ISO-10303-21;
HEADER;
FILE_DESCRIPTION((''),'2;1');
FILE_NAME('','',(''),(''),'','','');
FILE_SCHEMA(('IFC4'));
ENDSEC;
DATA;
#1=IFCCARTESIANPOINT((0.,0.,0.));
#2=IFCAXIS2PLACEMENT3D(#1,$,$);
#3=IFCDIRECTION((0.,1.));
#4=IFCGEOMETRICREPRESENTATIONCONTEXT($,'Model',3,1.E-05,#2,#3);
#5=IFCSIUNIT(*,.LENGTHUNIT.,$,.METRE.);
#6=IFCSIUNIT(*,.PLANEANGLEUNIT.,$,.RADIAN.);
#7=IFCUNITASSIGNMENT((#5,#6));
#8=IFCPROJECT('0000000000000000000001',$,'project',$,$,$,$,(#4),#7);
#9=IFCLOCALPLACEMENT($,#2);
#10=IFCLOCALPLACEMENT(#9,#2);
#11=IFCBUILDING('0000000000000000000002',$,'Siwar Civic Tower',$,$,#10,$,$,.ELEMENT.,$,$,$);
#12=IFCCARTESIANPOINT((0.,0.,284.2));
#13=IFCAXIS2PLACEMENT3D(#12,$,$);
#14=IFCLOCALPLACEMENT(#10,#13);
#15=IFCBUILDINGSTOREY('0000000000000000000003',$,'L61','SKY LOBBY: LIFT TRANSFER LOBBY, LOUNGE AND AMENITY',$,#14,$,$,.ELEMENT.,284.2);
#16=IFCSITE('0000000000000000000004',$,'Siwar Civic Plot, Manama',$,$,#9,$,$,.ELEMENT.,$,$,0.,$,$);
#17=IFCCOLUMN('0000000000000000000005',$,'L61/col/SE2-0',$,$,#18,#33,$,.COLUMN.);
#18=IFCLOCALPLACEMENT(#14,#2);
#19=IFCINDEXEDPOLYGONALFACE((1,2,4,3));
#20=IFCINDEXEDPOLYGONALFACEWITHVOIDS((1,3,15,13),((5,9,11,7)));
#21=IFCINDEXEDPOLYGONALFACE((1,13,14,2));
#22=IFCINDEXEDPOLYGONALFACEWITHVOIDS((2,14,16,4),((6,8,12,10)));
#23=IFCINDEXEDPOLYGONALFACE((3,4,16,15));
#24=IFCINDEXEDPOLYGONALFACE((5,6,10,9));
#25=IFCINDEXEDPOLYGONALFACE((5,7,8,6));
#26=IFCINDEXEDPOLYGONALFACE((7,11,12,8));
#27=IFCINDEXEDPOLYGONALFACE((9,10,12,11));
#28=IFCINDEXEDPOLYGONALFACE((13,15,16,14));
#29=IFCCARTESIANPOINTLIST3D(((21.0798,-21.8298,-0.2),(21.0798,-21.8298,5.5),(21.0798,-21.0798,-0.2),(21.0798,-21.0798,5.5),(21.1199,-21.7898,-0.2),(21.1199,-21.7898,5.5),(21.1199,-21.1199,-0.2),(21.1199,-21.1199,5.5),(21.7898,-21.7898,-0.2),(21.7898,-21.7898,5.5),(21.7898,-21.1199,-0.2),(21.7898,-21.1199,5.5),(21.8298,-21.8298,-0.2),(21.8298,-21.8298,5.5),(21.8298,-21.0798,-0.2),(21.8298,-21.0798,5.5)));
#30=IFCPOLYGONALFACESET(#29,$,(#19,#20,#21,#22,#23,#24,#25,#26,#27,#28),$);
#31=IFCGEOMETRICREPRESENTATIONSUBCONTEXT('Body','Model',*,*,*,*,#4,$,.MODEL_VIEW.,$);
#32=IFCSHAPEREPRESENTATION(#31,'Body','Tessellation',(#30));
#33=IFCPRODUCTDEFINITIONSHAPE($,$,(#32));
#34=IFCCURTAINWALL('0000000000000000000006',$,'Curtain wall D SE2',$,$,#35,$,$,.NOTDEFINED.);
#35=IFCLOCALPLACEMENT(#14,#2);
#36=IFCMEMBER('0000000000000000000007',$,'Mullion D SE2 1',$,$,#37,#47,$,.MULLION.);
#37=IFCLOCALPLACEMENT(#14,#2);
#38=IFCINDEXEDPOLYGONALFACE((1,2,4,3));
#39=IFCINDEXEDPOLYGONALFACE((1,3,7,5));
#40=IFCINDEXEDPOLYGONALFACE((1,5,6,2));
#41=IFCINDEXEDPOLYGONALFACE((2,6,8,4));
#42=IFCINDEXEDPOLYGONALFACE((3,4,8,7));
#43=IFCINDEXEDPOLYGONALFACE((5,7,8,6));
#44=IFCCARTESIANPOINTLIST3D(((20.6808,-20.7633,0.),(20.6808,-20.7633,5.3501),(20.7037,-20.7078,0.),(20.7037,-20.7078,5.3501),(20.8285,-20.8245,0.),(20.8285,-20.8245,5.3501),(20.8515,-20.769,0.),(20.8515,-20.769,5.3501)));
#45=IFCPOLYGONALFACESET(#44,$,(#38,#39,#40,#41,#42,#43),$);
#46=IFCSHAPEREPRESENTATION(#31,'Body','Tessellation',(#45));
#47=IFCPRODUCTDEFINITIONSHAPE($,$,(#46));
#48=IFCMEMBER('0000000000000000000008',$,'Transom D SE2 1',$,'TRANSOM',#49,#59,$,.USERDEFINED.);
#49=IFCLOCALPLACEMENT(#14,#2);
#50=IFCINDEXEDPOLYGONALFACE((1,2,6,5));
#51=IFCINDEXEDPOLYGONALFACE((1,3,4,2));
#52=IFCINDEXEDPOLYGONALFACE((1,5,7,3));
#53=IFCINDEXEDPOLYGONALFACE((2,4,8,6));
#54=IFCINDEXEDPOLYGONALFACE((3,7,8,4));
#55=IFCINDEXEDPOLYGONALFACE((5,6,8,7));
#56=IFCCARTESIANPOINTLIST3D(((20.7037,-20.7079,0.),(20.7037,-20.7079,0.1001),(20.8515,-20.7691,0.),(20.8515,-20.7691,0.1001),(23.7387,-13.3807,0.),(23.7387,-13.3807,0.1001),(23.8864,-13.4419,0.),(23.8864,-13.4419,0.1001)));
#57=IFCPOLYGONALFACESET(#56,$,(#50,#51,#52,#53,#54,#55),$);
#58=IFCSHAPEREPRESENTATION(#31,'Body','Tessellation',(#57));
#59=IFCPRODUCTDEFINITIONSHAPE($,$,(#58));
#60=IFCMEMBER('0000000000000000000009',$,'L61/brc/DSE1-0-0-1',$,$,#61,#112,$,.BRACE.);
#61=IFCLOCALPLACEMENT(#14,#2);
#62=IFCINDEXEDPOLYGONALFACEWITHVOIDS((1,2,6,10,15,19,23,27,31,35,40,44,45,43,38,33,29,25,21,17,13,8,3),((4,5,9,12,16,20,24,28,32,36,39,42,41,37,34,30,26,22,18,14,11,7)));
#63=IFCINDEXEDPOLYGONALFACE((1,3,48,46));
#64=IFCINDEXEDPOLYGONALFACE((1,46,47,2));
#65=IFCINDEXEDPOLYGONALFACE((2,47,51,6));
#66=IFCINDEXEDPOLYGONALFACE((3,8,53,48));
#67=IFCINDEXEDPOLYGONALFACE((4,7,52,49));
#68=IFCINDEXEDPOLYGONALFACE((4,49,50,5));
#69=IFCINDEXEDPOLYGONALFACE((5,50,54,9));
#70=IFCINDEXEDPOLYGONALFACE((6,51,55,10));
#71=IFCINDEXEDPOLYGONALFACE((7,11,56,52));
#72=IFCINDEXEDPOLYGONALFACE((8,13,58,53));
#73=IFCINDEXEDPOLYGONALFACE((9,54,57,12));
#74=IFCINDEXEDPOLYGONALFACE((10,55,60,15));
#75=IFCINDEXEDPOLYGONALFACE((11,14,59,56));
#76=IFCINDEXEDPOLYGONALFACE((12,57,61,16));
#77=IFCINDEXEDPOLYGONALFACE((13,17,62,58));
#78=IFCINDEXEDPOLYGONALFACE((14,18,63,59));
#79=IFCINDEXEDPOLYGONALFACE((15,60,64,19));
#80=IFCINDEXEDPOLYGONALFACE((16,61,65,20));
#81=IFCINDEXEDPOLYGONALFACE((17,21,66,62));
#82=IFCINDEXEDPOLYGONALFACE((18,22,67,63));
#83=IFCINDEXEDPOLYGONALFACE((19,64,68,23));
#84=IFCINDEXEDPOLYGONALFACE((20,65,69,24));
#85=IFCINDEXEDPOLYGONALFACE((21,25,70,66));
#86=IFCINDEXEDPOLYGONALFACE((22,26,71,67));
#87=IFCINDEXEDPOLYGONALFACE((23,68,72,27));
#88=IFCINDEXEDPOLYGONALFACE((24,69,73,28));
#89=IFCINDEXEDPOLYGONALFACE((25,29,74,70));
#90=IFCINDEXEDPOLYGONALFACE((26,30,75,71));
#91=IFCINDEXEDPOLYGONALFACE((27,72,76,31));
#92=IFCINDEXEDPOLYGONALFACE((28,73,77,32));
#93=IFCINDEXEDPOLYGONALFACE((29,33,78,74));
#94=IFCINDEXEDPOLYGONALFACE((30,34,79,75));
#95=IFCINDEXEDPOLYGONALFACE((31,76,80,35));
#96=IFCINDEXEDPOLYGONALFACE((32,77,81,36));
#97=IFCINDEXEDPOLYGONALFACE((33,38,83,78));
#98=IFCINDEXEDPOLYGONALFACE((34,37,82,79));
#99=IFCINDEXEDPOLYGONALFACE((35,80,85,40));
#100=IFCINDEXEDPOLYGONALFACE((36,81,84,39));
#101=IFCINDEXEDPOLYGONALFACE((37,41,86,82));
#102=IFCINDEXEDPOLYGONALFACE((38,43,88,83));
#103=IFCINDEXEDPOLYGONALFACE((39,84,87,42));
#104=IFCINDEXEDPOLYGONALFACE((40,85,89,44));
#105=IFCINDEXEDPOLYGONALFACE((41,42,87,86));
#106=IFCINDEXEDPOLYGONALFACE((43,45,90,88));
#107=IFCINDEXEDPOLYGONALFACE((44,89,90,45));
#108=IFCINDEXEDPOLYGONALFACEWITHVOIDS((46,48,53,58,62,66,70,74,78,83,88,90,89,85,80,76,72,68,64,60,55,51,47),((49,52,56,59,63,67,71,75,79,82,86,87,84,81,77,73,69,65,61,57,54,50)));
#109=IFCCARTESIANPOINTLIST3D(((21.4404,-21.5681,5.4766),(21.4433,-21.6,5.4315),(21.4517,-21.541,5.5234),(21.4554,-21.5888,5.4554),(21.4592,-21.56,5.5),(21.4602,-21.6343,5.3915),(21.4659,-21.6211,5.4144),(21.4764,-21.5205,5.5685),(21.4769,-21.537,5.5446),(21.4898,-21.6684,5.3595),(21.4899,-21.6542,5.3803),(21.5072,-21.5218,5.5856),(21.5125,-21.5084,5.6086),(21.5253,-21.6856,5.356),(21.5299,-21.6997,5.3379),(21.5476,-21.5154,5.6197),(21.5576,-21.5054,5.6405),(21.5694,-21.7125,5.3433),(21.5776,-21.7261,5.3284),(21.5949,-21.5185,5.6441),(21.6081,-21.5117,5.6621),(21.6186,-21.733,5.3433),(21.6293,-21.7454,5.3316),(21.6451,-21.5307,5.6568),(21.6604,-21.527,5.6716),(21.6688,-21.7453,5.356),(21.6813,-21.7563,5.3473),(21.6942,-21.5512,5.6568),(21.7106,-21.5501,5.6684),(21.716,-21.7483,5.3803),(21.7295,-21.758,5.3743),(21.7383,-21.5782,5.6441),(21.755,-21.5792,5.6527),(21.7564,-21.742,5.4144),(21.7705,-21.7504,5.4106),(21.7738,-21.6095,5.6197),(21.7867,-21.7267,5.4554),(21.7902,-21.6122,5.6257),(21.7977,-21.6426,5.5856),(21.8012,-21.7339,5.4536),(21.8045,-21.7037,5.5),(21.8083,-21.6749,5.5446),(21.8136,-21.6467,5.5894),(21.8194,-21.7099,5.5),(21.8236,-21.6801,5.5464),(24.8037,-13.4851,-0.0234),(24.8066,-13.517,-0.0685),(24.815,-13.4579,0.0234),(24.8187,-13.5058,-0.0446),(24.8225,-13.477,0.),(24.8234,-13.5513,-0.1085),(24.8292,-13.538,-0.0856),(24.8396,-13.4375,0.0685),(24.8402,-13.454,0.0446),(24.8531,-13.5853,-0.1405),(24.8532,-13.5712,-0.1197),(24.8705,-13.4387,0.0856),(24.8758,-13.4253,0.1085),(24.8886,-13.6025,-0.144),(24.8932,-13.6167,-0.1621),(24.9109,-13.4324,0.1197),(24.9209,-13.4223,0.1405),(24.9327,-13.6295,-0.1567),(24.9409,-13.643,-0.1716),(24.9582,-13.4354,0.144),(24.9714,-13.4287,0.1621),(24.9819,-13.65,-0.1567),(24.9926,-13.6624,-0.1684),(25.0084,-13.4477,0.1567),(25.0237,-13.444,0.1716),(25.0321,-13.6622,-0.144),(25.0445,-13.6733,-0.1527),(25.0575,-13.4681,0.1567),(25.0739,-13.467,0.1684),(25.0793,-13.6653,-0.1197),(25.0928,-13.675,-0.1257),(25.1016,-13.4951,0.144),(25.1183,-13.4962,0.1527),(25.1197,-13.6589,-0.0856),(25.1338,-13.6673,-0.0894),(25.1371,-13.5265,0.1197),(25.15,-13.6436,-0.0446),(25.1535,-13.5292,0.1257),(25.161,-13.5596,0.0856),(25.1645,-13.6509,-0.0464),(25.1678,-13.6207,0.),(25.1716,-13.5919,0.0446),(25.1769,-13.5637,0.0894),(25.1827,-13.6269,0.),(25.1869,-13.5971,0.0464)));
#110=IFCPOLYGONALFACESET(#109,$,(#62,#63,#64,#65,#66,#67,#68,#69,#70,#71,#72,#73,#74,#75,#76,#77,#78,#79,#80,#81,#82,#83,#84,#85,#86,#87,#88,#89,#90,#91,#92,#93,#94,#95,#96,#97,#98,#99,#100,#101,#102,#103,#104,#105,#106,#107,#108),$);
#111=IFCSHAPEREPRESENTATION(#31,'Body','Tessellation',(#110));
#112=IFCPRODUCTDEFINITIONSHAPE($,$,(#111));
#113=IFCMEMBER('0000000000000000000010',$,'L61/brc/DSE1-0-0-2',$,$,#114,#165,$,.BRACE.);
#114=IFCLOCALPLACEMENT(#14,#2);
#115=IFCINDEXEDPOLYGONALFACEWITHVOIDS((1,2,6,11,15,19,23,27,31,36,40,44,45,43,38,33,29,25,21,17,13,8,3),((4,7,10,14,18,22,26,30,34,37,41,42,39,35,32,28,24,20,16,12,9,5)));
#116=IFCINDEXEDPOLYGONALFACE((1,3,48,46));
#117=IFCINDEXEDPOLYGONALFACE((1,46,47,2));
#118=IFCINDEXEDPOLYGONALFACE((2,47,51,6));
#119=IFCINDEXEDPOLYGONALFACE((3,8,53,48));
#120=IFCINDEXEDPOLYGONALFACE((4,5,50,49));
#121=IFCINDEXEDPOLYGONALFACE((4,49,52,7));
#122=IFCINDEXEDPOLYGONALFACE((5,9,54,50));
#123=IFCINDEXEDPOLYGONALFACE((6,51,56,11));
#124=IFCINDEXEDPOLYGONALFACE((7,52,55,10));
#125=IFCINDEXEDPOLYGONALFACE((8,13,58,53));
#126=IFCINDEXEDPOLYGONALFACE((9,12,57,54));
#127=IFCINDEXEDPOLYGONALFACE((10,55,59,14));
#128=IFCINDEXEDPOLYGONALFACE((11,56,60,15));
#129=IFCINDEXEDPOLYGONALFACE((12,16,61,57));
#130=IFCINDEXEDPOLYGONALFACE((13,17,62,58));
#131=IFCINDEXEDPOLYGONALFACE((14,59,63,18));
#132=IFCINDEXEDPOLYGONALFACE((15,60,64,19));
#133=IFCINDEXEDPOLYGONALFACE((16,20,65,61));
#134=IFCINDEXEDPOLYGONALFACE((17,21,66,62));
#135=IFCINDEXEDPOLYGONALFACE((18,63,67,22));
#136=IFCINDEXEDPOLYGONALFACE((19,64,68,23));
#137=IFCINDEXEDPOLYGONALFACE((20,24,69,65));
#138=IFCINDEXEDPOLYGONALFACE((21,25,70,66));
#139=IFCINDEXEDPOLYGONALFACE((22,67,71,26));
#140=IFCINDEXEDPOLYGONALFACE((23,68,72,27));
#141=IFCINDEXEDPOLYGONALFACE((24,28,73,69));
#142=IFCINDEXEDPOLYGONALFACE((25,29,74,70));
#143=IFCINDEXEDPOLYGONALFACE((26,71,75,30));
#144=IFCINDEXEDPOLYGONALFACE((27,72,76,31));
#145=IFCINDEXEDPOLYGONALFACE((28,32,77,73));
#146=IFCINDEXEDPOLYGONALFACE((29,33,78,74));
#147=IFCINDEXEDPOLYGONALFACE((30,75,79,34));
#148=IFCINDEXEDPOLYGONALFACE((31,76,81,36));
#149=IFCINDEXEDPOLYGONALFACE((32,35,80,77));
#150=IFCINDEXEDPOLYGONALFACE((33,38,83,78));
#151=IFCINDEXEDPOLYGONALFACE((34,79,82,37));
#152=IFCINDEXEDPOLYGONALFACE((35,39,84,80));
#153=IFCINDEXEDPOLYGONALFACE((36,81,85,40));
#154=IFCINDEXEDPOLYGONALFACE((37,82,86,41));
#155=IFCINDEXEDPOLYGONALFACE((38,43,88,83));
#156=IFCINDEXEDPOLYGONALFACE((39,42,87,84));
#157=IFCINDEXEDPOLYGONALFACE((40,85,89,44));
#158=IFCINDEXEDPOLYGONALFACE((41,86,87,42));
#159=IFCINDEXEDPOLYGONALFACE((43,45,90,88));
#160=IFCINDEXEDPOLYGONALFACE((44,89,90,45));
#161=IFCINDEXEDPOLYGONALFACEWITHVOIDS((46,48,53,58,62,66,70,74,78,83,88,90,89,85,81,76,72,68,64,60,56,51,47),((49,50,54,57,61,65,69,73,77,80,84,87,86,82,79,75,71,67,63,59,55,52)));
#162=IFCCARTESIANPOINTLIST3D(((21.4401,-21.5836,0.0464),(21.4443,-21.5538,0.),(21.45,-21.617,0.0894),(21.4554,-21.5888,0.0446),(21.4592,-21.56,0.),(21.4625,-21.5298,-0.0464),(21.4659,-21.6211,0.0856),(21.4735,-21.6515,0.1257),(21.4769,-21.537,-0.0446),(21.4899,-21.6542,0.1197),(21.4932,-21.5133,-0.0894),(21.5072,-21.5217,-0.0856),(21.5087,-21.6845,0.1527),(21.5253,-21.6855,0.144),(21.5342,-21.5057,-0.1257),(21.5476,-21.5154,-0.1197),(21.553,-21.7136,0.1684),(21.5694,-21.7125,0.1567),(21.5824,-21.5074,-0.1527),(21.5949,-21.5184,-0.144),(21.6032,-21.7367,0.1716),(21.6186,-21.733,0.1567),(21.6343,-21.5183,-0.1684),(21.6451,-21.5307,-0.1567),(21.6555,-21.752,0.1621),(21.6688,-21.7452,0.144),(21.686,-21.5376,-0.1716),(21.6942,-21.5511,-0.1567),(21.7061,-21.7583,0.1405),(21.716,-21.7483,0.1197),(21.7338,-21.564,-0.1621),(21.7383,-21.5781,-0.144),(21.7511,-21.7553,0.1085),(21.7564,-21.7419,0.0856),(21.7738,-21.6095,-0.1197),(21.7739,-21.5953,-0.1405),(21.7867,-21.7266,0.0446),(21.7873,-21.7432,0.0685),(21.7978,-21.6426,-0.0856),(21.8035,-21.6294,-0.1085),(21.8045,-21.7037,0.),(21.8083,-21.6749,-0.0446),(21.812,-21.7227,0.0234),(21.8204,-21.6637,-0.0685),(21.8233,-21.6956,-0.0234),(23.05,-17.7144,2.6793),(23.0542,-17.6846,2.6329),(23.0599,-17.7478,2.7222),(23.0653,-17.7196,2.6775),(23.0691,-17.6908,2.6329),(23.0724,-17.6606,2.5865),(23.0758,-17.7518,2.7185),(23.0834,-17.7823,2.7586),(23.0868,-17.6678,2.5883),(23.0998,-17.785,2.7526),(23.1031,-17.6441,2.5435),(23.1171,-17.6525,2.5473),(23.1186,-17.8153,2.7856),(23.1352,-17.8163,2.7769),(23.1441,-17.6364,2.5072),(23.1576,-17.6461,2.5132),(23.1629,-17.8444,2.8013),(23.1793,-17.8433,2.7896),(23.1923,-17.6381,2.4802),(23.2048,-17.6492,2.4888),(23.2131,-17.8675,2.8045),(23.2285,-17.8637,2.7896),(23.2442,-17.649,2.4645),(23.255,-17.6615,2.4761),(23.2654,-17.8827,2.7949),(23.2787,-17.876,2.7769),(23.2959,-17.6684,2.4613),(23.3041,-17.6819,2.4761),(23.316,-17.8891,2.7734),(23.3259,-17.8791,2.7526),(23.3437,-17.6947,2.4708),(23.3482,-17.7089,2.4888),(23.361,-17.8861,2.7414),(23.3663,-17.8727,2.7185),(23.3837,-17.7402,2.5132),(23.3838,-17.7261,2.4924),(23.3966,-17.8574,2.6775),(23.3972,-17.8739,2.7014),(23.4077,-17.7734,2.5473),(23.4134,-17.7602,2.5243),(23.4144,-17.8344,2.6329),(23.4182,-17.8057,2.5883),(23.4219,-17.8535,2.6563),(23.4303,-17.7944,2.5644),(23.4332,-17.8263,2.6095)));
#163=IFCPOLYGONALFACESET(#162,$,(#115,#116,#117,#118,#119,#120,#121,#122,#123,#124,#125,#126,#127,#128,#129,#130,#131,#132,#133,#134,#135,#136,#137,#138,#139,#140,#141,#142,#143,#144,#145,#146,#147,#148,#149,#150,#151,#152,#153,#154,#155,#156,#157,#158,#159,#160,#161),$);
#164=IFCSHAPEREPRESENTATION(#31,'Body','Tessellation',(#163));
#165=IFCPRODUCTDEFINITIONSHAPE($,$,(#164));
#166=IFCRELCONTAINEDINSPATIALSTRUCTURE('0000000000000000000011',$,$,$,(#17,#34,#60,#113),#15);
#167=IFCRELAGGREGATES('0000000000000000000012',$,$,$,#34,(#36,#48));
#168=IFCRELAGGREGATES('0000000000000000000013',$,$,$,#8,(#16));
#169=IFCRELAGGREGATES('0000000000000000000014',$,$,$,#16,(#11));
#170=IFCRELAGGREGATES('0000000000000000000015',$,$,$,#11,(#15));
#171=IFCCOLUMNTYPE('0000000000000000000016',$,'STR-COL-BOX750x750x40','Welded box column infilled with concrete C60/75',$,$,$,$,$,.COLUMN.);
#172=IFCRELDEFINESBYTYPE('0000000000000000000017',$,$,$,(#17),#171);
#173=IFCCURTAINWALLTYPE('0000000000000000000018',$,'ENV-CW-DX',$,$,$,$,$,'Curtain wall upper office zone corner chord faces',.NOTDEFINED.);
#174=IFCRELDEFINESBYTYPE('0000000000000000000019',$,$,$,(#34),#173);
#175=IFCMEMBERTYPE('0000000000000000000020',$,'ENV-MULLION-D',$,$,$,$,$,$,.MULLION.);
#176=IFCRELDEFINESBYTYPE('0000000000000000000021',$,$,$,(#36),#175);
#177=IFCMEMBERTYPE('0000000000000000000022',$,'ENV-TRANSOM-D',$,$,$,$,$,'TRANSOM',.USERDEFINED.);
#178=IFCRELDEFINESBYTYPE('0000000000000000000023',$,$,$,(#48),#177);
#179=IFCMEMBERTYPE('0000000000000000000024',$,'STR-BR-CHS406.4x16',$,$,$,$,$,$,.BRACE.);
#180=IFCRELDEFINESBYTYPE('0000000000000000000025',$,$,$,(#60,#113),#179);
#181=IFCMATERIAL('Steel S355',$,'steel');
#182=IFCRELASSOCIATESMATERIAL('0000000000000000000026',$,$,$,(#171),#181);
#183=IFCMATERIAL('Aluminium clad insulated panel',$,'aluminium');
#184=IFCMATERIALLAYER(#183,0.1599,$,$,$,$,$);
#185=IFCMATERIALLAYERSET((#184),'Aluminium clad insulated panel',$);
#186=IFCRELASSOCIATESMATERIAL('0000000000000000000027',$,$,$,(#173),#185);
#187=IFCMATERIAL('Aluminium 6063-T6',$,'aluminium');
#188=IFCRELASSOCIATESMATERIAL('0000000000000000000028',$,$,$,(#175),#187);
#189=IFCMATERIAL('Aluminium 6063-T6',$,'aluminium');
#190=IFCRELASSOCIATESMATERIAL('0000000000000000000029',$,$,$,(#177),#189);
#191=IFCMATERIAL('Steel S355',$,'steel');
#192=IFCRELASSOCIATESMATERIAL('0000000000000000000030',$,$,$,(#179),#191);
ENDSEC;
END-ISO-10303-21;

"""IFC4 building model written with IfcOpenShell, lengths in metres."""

from ifc_helpers import new_model, si_unit, direction, frame, origin, origin_2d, place, context, subcontext, project, spatial, rectangle, hollow_rectangle, hollow_circle, extrude, material, layer, layer_set, material_profile, profile_set, type_object, element, aggregate, save


model = new_model("IFC4")

# Units and contexts
model_context = context("Model", 3, precision=1e-05, world=origin(), true_north=direction((0.0, 1.0)))
body_context = subcontext(model_context, "Body", "Model", "MODEL_VIEW")
ifc_project = project(units=[si_unit("LENGTHUNIT", "METRE"), si_unit("PLANEANGLEUNIT", "RADIAN")], contexts=[model_context])

# Site, building, storey
site_placement = place(None, origin())
site = spatial("IfcSite", under=ifc_project, at=site_placement, Name="Siwar Civic Plot, Manama", CompositionType="ELEMENT", RefElevation=0.0)
building_placement = place(site_placement, origin())
building = spatial("IfcBuilding", under=site, at=building_placement, Name="Siwar Civic Tower", CompositionType="ELEMENT")
storey_placement = place(building_placement, frame((0.0, 0.0, 284.2)))
storey = spatial("IfcBuildingStorey", under=building, at=storey_placement, Name="L61", Description="SKY LOBBY: LIFT TRANSFER LOBBY, LOUNGE AND AMENITY", CompositionType="ELEMENT", Elevation=284.2)

# Column
ifc_material_1 = material(Name="Steel S355", Category="steel")
ifc_material_profile_1 = material_profile(ifc_material_1, hollow_rectangle(XDim=0.75, YDim=0.75, WallThickness=0.04, at=origin_2d()), Name="BOX750x750x40")
ifc_profile_set_1 = profile_set([ifc_material_profile_1], Name="Steel S355")
column_type = type_object("IfcColumnType", Name="STR-COL-BOX750x750x40", Description="Welded box column infilled with concrete C60/75", PredefinedType="COLUMN", material=ifc_profile_set_1)
column_placement = place(storey_placement, frame((21.4548, -21.4548, -0.2), z_axis=(0.0, 0.0, 1.0), x_axis=(1.0, 0.0, 0.0)))
element("IfcColumn", 1, at=column_placement, inside=storey, type_object=column_type, Name="L61/col/SE2-0", PredefinedType="COLUMN", context=body_context, shape_type="SweptSolid", body=[
    extrude(hollow_rectangle(XDim=0.75, YDim=0.75, WallThickness=0.04, at=origin_2d()), origin(), (0.0, 0.0, 1.0), 5.7),
])

# Curtain wall, members
ifc_material_2 = material(Name="Aluminium clad insulated panel", Category="aluminium")
ifc_layer_1 = layer(ifc_material_2, 0.1599)
ifc_layer_set_1 = layer_set([ifc_layer_1], Name="Aluminium clad insulated panel")
curtain_wall_type = type_object("IfcCurtainWallType", Name="ENV-CW-DX", ElementType="Curtain wall upper office zone corner chord faces", PredefinedType="NOTDEFINED", material=ifc_layer_set_1)
curtain_wall_1_placement = place(storey_placement, origin())
curtain_wall_1 = element("IfcCurtainWall", 2, at=curtain_wall_1_placement, inside=storey, type_object=curtain_wall_type, Name="Curtain wall D SE2", PredefinedType="NOTDEFINED")
ifc_material_3 = material(Name="Aluminium 6063-T6", Category="aluminium")
ifc_material_profile_2 = material_profile(ifc_material_3, rectangle(XDim=0.1599, YDim=0.0601, at=origin_2d()), Name="AL 160x60")
ifc_profile_set_2 = profile_set([ifc_material_profile_2], Name="Aluminium 6063-T6")
member_type_1 = type_object("IfcMemberType", Name="ENV-MULLION-D", PredefinedType="MULLION", material=ifc_profile_set_2)
member_1_placement = place(storey_placement, frame((20.7661, -20.7661, 0.0), z_axis=(0.0, 0.0, 1.0), x_axis=(-0.92388, 0.382683, 0.0)))
member_1 = element("IfcMember", 3, at=member_1_placement, type_object=member_type_1, Name="Mullion D SE2 1", PredefinedType="MULLION", context=body_context, shape_type="SweptSolid", body=[
    extrude(rectangle(XDim=0.1599, YDim=0.0601, at=origin_2d()), origin(), (0.0, 0.0, 1.0), 5.3501),
])
ifc_material_4 = material(Name="Aluminium 6063-T6", Category="aluminium")
ifc_material_profile_3 = material_profile(ifc_material_4, rectangle(XDim=0.1599, YDim=0.1001, at=origin_2d()), Name="AL 160x100")
ifc_profile_set_3 = profile_set([ifc_material_profile_3], Name="Aluminium 6063-T6")
member_type_2 = type_object("IfcMemberType", Name="ENV-TRANSOM-D", ElementType="TRANSOM", PredefinedType="USERDEFINED", material=ifc_profile_set_3)
member_2_placement = place(storey_placement, frame((20.7776, -20.7385, 0.05), z_axis=(0.382674, 0.923884, 0.0), x_axis=(-0.923884, 0.382674, 0.0)))
member_2 = element("IfcMember", 4, at=member_2_placement, type_object=member_type_2, Name="Transom D SE2 1", ObjectType="TRANSOM", PredefinedType="USERDEFINED", context=body_context, shape_type="SweptSolid", body=[
    extrude(rectangle(XDim=0.1599, YDim=0.1001, at=origin_2d()), origin(), (0.0, 0.0, 1.0), 7.9309),
])

# Members
ifc_material_5 = material(Name="Steel S355", Category="steel")
ifc_material_profile_4 = material_profile(ifc_material_5, hollow_circle(Radius=0.2031, WallThickness=0.0161, at=origin_2d()), Name="CHS406.4x16")
ifc_profile_set_4 = profile_set([ifc_material_profile_4], Name="Steel S355")
member_type_3 = type_object("IfcMemberType", Name="STR-BR-CHS406.4x16", PredefinedType="BRACE", material=ifc_profile_set_4)
member_3_placement = place(storey_placement, frame((24.9951, -13.5488, 0.0), z_axis=(-0.325298, -0.781791, 0.531962), x_axis=(0.923265, -0.384164, 0.0)))
element("IfcMember", 5, at=member_3_placement, inside=storey, type_object=member_type_3, Name="L61/brc/DSE1-0-0-1", PredefinedType="BRACE", context=body_context, shape_type="SweptSolid", body=[
    extrude(hollow_circle(Radius=0.2031, WallThickness=0.0161, at=origin_2d()), origin(), (0.0, 0.0, 1.0), 10.3391),
])
member_4_placement = place(storey_placement, frame((21.6318, -21.6318, 0.0), z_axis=(0.325284, 0.781786, 0.531978), x_axis=(-0.92327, 0.384152, 0.0)))
element("IfcMember", 6, at=member_4_placement, inside=storey, type_object=member_type_3, Name="L61/brc/DSE1-0-0-2", PredefinedType="BRACE", context=body_context, shape_type="SweptSolid", body=[
    extrude(hollow_circle(Radius=0.2031, WallThickness=0.0161, at=origin_2d()), origin(), (0.0, 0.0, 1.0), 4.9492),
])

aggregate(curtain_wall_1, [member_1, member_2])

save(model, "model.ifc")
